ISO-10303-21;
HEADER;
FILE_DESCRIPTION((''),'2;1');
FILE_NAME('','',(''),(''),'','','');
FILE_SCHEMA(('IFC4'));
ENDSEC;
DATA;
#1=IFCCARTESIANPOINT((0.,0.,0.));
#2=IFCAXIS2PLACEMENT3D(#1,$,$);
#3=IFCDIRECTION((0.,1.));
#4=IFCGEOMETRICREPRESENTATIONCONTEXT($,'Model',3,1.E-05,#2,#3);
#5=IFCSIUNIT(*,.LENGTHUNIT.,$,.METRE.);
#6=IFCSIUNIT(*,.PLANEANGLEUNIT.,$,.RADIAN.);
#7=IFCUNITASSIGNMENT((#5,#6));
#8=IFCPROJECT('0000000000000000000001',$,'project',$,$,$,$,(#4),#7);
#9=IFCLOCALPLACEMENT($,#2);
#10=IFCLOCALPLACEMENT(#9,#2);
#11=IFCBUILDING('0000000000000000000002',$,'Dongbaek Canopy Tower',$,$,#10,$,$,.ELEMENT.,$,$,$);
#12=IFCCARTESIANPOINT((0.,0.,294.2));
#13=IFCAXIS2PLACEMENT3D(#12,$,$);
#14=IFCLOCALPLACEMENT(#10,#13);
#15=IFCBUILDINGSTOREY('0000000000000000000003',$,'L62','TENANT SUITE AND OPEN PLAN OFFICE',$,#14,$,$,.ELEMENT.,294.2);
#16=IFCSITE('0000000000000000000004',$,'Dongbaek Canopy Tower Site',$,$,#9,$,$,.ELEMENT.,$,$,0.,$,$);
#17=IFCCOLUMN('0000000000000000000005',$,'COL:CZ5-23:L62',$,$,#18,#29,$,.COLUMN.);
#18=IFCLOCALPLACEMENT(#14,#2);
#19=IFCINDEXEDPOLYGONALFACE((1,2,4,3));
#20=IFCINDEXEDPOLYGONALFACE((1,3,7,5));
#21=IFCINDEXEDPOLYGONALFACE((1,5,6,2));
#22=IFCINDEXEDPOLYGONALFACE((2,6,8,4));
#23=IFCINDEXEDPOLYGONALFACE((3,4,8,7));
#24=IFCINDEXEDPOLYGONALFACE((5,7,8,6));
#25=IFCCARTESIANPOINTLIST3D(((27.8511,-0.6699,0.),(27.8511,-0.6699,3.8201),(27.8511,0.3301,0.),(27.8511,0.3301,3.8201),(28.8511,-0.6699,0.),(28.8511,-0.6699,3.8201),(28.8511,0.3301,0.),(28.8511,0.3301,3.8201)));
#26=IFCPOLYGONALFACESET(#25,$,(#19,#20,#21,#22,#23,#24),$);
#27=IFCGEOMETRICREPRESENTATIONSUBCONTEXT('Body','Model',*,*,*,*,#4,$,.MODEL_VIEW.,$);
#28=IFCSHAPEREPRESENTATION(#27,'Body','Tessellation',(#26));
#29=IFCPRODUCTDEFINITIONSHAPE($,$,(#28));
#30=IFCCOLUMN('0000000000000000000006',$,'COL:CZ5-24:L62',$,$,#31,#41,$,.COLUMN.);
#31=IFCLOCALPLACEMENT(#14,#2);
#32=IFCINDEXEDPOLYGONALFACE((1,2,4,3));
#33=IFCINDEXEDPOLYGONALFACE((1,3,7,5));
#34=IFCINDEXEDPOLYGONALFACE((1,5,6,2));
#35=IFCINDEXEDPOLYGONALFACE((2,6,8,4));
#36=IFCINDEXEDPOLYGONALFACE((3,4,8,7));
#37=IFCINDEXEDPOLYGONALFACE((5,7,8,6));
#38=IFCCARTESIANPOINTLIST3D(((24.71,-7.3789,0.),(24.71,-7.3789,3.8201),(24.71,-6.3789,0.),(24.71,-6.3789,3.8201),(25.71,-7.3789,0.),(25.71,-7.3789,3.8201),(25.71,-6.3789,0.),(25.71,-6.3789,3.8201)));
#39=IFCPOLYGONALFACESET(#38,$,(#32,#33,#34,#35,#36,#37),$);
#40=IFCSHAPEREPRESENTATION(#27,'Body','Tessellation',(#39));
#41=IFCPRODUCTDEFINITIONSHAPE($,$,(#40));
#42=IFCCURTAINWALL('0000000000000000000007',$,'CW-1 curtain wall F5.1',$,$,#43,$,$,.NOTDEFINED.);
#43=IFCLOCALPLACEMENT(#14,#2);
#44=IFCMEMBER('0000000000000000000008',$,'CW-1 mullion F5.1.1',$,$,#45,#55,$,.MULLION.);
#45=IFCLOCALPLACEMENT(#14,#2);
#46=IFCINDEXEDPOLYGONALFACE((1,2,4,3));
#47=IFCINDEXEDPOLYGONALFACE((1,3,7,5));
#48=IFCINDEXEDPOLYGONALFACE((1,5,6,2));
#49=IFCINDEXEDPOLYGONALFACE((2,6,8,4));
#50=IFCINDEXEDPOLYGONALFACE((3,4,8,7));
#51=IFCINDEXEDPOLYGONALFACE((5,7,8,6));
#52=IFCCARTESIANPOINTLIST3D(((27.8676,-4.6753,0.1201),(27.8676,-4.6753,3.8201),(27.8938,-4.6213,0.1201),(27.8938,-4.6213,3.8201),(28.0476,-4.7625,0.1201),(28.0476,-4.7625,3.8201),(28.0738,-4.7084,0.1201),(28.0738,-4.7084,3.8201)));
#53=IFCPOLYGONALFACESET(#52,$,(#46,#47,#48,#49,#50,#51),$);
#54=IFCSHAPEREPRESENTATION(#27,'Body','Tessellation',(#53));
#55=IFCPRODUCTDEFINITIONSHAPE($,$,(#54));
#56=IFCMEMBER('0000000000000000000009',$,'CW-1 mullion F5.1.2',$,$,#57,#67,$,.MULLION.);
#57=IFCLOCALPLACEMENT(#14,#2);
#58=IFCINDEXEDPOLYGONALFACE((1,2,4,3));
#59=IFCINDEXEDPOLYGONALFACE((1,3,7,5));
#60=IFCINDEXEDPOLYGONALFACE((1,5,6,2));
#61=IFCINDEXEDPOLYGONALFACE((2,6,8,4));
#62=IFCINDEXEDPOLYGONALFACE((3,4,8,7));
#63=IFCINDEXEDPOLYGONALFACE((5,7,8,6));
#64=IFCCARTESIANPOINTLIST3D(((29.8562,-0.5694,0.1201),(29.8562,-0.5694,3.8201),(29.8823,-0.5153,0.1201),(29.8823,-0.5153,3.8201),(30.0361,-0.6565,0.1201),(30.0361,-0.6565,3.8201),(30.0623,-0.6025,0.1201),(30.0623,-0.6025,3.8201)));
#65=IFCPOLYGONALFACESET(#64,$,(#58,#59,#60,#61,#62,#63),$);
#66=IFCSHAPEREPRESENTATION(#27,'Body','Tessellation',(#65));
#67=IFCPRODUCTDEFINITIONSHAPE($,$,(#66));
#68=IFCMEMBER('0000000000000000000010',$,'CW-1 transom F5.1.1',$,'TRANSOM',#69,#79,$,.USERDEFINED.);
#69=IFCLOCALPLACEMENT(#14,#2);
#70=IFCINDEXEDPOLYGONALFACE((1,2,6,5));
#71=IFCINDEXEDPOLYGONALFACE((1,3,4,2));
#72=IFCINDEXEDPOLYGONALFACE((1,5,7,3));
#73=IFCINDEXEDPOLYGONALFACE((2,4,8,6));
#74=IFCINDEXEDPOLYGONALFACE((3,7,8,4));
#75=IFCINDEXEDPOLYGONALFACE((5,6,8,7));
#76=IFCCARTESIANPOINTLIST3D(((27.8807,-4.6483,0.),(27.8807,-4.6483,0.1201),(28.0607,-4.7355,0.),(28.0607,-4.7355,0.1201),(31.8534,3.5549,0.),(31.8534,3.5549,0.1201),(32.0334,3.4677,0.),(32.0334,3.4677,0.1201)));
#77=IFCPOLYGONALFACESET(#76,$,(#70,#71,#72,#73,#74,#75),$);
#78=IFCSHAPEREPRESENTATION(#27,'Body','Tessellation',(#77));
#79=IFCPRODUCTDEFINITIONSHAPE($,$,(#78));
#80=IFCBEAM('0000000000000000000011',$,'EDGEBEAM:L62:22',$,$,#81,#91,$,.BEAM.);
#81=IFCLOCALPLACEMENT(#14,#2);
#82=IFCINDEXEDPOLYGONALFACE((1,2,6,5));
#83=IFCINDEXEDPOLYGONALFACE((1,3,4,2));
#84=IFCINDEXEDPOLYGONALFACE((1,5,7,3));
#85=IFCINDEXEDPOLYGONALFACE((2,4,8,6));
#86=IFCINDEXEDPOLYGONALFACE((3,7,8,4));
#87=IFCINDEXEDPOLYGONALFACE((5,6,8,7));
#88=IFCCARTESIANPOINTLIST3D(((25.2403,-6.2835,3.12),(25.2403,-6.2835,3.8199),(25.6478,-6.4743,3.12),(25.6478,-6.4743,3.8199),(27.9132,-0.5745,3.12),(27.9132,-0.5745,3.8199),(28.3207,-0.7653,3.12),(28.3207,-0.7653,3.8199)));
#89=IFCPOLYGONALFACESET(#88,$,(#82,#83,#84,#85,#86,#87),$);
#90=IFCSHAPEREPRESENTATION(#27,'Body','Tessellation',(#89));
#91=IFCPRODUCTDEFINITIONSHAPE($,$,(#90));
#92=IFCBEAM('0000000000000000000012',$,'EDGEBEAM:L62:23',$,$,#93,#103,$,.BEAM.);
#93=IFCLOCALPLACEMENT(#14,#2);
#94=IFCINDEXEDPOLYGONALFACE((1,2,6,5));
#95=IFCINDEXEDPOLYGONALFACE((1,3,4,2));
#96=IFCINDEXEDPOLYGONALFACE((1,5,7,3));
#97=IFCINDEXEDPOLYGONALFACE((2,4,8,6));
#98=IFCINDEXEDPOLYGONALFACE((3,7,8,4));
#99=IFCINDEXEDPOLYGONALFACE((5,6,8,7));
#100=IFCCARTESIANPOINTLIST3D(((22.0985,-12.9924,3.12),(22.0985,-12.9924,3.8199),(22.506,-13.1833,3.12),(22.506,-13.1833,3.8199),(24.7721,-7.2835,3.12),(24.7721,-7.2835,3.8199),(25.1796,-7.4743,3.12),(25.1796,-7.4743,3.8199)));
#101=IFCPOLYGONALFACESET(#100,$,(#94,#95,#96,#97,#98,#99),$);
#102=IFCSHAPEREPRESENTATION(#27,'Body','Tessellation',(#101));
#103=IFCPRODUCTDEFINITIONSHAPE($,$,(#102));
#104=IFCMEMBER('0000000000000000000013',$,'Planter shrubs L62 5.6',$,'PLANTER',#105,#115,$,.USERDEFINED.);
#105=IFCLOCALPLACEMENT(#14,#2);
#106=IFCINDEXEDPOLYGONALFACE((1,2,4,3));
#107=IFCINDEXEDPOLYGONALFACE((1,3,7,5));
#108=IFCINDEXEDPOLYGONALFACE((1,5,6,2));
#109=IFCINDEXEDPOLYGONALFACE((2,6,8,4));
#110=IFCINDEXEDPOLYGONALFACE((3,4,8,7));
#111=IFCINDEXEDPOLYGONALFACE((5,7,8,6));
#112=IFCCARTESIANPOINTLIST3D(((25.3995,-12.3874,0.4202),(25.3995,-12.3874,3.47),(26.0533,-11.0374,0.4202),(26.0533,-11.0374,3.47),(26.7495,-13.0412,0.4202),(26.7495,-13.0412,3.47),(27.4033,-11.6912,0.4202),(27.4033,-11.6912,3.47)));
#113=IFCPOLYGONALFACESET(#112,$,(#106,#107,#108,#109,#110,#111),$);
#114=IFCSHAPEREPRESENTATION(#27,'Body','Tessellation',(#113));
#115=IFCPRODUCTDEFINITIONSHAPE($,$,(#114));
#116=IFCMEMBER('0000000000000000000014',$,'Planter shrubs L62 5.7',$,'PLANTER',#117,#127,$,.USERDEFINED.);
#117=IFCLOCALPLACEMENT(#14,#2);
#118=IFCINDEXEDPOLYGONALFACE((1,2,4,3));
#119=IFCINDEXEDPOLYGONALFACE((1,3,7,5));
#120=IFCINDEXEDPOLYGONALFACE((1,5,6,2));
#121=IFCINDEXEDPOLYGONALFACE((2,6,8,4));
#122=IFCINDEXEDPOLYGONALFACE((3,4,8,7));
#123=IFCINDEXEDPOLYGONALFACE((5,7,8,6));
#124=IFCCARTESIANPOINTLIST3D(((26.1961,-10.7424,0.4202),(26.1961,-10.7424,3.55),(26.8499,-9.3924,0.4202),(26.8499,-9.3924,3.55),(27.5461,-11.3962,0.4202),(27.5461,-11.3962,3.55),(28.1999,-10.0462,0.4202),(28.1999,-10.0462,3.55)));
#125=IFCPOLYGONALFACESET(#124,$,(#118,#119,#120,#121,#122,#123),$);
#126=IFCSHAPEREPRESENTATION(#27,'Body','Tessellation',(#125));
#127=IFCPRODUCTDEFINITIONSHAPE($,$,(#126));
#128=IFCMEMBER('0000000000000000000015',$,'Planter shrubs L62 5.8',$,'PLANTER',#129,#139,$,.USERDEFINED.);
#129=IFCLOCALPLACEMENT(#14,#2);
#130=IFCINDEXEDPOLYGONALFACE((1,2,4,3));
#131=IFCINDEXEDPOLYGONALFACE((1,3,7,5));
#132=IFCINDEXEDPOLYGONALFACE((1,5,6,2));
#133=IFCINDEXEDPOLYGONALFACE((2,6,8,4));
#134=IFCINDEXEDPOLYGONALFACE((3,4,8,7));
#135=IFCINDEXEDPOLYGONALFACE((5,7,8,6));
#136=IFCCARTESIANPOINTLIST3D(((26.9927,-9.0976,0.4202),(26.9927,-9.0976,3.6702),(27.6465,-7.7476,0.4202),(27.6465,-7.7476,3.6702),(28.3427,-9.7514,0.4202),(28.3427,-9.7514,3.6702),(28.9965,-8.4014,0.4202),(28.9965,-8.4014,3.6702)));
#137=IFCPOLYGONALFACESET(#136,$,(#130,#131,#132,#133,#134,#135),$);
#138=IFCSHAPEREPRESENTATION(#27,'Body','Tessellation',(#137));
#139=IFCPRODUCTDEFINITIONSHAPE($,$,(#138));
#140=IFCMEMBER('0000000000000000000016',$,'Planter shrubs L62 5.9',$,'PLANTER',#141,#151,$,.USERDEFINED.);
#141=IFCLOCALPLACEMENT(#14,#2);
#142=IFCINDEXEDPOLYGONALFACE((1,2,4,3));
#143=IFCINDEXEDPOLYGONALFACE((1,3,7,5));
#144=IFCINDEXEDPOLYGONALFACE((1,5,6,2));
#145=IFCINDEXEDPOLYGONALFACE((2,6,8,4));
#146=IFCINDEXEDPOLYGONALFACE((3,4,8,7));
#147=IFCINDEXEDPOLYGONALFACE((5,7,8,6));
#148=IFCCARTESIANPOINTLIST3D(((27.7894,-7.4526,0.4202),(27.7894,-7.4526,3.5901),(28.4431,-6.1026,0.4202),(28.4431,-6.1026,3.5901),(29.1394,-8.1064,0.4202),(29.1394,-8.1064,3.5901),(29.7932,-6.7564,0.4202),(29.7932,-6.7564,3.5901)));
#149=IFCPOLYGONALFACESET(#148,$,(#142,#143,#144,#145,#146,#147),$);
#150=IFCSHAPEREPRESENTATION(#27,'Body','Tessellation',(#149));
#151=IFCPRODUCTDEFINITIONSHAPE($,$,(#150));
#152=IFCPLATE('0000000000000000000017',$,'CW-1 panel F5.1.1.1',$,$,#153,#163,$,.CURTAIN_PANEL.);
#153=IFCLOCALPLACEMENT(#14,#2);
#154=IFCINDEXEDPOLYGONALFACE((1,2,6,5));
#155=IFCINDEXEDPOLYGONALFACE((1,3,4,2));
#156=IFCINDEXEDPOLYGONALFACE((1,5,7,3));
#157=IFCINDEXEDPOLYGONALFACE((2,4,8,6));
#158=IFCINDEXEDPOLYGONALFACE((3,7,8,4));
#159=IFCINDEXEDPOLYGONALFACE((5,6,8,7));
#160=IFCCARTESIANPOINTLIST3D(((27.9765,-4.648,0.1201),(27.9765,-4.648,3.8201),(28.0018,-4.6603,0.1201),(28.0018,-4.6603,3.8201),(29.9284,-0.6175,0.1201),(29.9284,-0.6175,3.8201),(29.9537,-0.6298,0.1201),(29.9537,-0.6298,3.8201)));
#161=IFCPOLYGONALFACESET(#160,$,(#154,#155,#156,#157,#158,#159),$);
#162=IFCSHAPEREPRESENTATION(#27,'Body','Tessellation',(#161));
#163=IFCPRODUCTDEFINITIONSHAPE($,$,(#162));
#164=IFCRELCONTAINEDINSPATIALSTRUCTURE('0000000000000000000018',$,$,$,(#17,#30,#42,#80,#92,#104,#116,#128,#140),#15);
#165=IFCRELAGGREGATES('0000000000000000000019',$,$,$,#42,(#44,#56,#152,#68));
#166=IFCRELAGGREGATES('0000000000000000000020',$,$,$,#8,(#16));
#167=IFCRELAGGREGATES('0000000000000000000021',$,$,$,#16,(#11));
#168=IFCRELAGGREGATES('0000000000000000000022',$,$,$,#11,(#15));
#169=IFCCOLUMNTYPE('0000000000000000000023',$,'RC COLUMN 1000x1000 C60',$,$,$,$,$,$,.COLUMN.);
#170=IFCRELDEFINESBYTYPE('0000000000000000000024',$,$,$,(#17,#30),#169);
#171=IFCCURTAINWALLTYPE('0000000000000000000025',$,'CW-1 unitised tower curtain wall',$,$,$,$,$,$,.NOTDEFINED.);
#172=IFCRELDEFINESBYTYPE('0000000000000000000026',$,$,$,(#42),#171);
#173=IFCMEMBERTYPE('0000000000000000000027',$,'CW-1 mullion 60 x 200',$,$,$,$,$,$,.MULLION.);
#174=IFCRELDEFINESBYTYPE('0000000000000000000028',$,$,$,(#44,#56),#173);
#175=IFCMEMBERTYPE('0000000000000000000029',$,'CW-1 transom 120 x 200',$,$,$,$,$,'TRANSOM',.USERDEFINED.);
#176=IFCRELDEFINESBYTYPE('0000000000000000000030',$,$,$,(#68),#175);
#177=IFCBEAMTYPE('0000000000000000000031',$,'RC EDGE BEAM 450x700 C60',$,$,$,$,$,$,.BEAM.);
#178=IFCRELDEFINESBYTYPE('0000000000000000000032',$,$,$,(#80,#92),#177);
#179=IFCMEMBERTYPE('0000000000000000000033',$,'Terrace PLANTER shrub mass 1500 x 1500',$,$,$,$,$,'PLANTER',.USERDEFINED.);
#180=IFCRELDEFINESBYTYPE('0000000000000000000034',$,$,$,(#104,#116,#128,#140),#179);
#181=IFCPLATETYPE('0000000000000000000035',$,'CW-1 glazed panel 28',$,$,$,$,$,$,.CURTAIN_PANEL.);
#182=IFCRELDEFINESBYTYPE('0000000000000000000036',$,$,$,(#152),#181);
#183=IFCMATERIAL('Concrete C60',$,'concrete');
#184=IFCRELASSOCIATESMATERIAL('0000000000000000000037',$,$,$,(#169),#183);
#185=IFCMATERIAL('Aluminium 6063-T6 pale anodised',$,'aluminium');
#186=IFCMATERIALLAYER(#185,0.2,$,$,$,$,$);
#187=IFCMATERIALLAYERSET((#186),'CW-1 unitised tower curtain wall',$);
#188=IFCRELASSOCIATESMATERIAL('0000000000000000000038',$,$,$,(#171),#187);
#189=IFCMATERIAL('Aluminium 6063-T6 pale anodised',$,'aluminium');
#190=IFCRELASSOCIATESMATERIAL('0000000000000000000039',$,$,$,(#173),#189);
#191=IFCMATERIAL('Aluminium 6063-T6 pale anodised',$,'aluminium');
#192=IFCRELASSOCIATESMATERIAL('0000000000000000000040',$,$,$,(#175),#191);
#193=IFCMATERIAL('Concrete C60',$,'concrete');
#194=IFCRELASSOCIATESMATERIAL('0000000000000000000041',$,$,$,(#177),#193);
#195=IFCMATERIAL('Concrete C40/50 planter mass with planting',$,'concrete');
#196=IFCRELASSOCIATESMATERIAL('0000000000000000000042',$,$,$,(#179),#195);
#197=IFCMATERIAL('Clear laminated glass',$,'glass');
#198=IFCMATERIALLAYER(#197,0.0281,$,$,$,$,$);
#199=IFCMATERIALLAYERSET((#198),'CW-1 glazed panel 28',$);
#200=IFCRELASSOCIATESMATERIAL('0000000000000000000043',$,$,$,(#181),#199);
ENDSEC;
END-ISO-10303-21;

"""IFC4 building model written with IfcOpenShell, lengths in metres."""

from ifc_helpers import new_model, si_unit, direction, frame, origin, origin_2d, place, context, subcontext, project, spatial, rectangle, extrude, material, layer, layer_set, material_profile, profile_set, type_object, element, aggregate, save


model = new_model("IFC4")

# Units and contexts
model_context = context("Model", 3, precision=1e-05, world=origin(), true_north=direction((0.0, 1.0)))
body_context = subcontext(model_context, "Body", "Model", "MODEL_VIEW")
ifc_project = project(units=[si_unit("LENGTHUNIT", "METRE"), si_unit("PLANEANGLEUNIT", "RADIAN")], contexts=[model_context])

# Site, building, storey
site_placement = place(None, origin())
site = spatial("IfcSite", under=ifc_project, at=site_placement, Name="Dongbaek Canopy Tower Site", CompositionType="ELEMENT", RefElevation=0.0)
building_placement = place(site_placement, origin())
building = spatial("IfcBuilding", under=site, at=building_placement, Name="Dongbaek Canopy Tower", CompositionType="ELEMENT")
storey_placement = place(building_placement, frame((0.0, 0.0, 294.2)))
storey = spatial("IfcBuildingStorey", under=building, at=storey_placement, Name="L62", Description="TENANT SUITE AND OPEN PLAN OFFICE", CompositionType="ELEMENT", Elevation=294.2)

# Columns
ifc_material_1 = material(Name="Concrete C60", Category="concrete")
ifc_material_profile_1 = material_profile(ifc_material_1, rectangle(XDim=1.0, YDim=1.0, at=origin_2d()), Name="RC COLUMN 1000x1000 C60")
ifc_profile_set_1 = profile_set([ifc_material_profile_1], Name="Concrete C60")
column_type = type_object("IfcColumnType", Name="RC COLUMN 1000x1000 C60", PredefinedType="COLUMN", material=ifc_profile_set_1)
for number, where, z_axis, x_axis, name in (
    (1, (28.3511, -0.1699, 0.0), (0.0, 0.0, 1.0), (1.0, 0.0, 0.0), "COL:CZ5-23:L62"),
    (2, (25.21, -6.8789, 0.0), (0.0, 0.0, 1.0), (1.0, 0.0, 0.0), "COL:CZ5-24:L62"),
):
    element("IfcColumn", number, at=place(storey_placement, frame(where, z_axis=z_axis, x_axis=x_axis)), inside=storey, type_object=column_type, Name=name, PredefinedType="COLUMN", context=body_context, shape_type="SweptSolid", body=[
        extrude(rectangle(XDim=1.0, YDim=1.0, at=origin_2d()), origin(), (0.0, 0.0, 1.0), 3.8201),
    ])

# Curtain wall, members
ifc_material_2 = material(Name="Aluminium 6063-T6 pale anodised", Category="aluminium")
ifc_layer_1 = layer(ifc_material_2, 0.2)
ifc_layer_set_1 = layer_set([ifc_layer_1], Name="CW-1 unitised tower curtain wall")
curtain_wall_type = type_object("IfcCurtainWallType", Name="CW-1 unitised tower curtain wall", PredefinedType="NOTDEFINED", material=ifc_layer_set_1)
curtain_wall_placement = place(storey_placement, origin())
curtain_wall = element("IfcCurtainWall", 3, at=curtain_wall_placement, inside=storey, type_object=curtain_wall_type, Name="CW-1 curtain wall F5.1", PredefinedType="NOTDEFINED")
ifc_material_3 = material(Name="Aluminium 6063-T6 pale anodised", Category="aluminium")
ifc_material_profile_2 = material_profile(ifc_material_3, rectangle(XDim=0.2, YDim=0.0601, at=origin_2d()), Name="CW-1 mullion 60 x 200")
ifc_profile_set_2 = profile_set([ifc_material_profile_2], Name="Aluminium 6063-T6 pale anodised")
member_type_1 = type_object("IfcMemberType", Name="CW-1 mullion 60 x 200", PredefinedType="MULLION", material=ifc_profile_set_2)
member_1_placement = place(storey_placement, frame((27.9707, -4.6919, 0.1201), z_axis=(0.0, 0.0, 1.0), x_axis=(0.900013, -0.435863, 0.0)))
member_1 = element("IfcMember", 4, at=member_1_placement, type_object=member_type_1, Name="CW-1 mullion F5.1.1", PredefinedType="MULLION", context=body_context, shape_type="SweptSolid", body=[
    extrude(rectangle(XDim=0.2, YDim=0.0601, at=origin_2d()), origin(), (0.0, 0.0, 1.0), 3.7),
])
member_2_placement = place(storey_placement, frame((29.9592, -0.5859, 0.1201), z_axis=(0.0, 0.0, 1.0), x_axis=(0.900013, -0.435863, 0.0)))
member_2 = element("IfcMember", 5, at=member_2_placement, type_object=member_type_1, Name="CW-1 mullion F5.1.2", PredefinedType="MULLION", context=body_context, shape_type="SweptSolid", body=[
    extrude(rectangle(XDim=0.2, YDim=0.0601, at=origin_2d()), origin(), (0.0, 0.0, 1.0), 3.7),
])
ifc_material_4 = material(Name="Aluminium 6063-T6 pale anodised", Category="aluminium")
ifc_material_profile_3 = material_profile(ifc_material_4, rectangle(XDim=0.2, YDim=0.1201, at=origin_2d()), Name="CW-1 transom 120 x 200")
ifc_profile_set_3 = profile_set([ifc_material_profile_3], Name="Aluminium 6063-T6 pale anodised")
member_type_2 = type_object("IfcMemberType", Name="CW-1 transom 120 x 200", ElementType="TRANSOM", PredefinedType="USERDEFINED", material=ifc_profile_set_3)
member_3_placement = place(storey_placement, frame((27.9707, -4.6919, 0.0601), z_axis=(0.435863, 0.900013, 0.0), x_axis=(-0.900013, 0.435863, 0.0)))
member_3 = element("IfcMember", 6, at=member_3_placement, type_object=member_type_2, Name="CW-1 transom F5.1.1", ObjectType="TRANSOM", PredefinedType="USERDEFINED", context=body_context, shape_type="SweptSolid", body=[
    extrude(rectangle(XDim=0.2, YDim=0.1201, at=origin_2d()), origin(), (0.0, 0.0, 1.0), 9.1145),
])

# Beams
ifc_material_5 = material(Name="Concrete C60", Category="concrete")
ifc_material_profile_4 = material_profile(ifc_material_5, rectangle(XDim=0.45, YDim=0.7, at=origin_2d()), Name="RC EDGE BEAM 450x700 C60")
ifc_profile_set_4 = profile_set([ifc_material_profile_4], Name="Concrete C60")
beam_type = type_object("IfcBeamType", Name="RC EDGE BEAM 450x700 C60", PredefinedType="BEAM", material=ifc_profile_set_4)
beam_1_placement = place(storey_placement, frame((28.1169, -0.6699, 3.47), z_axis=(-0.424013, -0.905656, 0.0), x_axis=(0.905656, -0.424013, 0.0)))
element("IfcBeam", 7, at=beam_1_placement, inside=storey, type_object=beam_type, Name="EDGEBEAM:L62:22", PredefinedType="BEAM", context=body_context, shape_type="SweptSolid", body=[
    extrude(rectangle(XDim=0.45, YDim=0.7, at=origin_2d()), origin(), (0.0, 0.0, 1.0), 6.3037),
])
beam_2_placement = place(storey_placement, frame((24.9758, -7.3789, 3.47), z_axis=(-0.424108, -0.905611, 0.0), x_axis=(0.905611, -0.424108, 0.0)))
element("IfcBeam", 8, at=beam_2_placement, inside=storey, type_object=beam_type, Name="EDGEBEAM:L62:23", PredefinedType="BEAM", context=body_context, shape_type="SweptSolid", body=[
    extrude(rectangle(XDim=0.45, YDim=0.7, at=origin_2d()), origin(), (0.0, 0.0, 1.0), 6.304),
])

# Members
ifc_material_6 = material(Name="Concrete C40/50 planter mass with planting", Category="concrete")
ifc_material_profile_5 = material_profile(ifc_material_6, rectangle(XDim=1.5, YDim=1.5, at=origin_2d()), Name="Terrace PLANTER shrub mass 1500 x 1500")
ifc_profile_set_5 = profile_set([ifc_material_profile_5], Name="Concrete C40/50 planter mass with planting")
member_type_3 = type_object("IfcMemberType", Name="Terrace PLANTER shrub mass 1500 x 1500", ElementType="PLANTER", PredefinedType="USERDEFINED", material=ifc_profile_set_5)
member_4_placement = place(storey_placement, frame((26.4014, -12.0393, 0.4202), z_axis=(0.0, 0.0, 1.0), x_axis=(0.900013, -0.435863, 0.0)))
element("IfcMember", 9, at=member_4_placement, inside=storey, type_object=member_type_3, Name="Planter shrubs L62 5.6", ObjectType="PLANTER", PredefinedType="USERDEFINED", context=body_context, shape_type="SweptSolid", body=[
    extrude(rectangle(XDim=1.5, YDim=1.5, at=origin_2d()), origin(), (0.0, 0.0, 1.0), 3.0498),
])
member_5_placement = place(storey_placement, frame((27.198, -10.3943, 0.4202), z_axis=(0.0, 0.0, 1.0), x_axis=(0.900013, -0.435863, 0.0)))
element("IfcMember", 10, at=member_5_placement, inside=storey, type_object=member_type_3, Name="Planter shrubs L62 5.7", ObjectType="PLANTER", PredefinedType="USERDEFINED", context=body_context, shape_type="SweptSolid", body=[
    extrude(rectangle(XDim=1.5, YDim=1.5, at=origin_2d()), origin(), (0.0, 0.0, 1.0), 3.1299),
])
member_6_placement = place(storey_placement, frame((27.9946, -8.7495, 0.4202), z_axis=(0.0, 0.0, 1.0), x_axis=(0.900013, -0.435863, 0.0)))
element("IfcMember", 11, at=member_6_placement, inside=storey, type_object=member_type_3, Name="Planter shrubs L62 5.8", ObjectType="PLANTER", PredefinedType="USERDEFINED", context=body_context, shape_type="SweptSolid", body=[
    extrude(rectangle(XDim=1.5, YDim=1.5, at=origin_2d()), origin(), (0.0, 0.0, 1.0), 3.25),
])
member_7_placement = place(storey_placement, frame((28.7913, -7.1045, 0.4202), z_axis=(0.0, 0.0, 1.0), x_axis=(0.900013, -0.435863, 0.0)))
element("IfcMember", 12, at=member_7_placement, inside=storey, type_object=member_type_3, Name="Planter shrubs L62 5.9", ObjectType="PLANTER", PredefinedType="USERDEFINED", context=body_context, shape_type="SweptSolid", body=[
    extrude(rectangle(XDim=1.5, YDim=1.5, at=origin_2d()), origin(), (0.0, 0.0, 1.0), 3.1699),
])

# Plate
ifc_material_7 = material(Name="Clear laminated glass", Category="glass")
ifc_layer_2 = layer(ifc_material_7, 0.0281)
ifc_layer_set_2 = layer_set([ifc_layer_2], Name="CW-1 glazed panel 28")
plate_type = type_object("IfcPlateType", Name="CW-1 glazed panel 28", PredefinedType="CURTAIN_PANEL", material=ifc_layer_set_2)
plate_placement = place(storey_placement, frame((28.9651, -2.6389, 0.1201), z_axis=(0.0, 0.0, 1.0), x_axis=(0.435863, 0.900013, 0.0)))
plate = element("IfcPlate", 13, at=plate_placement, type_object=plate_type, Name="CW-1 panel F5.1.1.1", PredefinedType="CURTAIN_PANEL", context=body_context, shape_type="SweptSolid", body=[
    extrude(rectangle(XDim=4.4783, YDim=0.0281, at=origin_2d()), origin(), (0.0, 0.0, 1.0), 3.7),
])

aggregate(curtain_wall, [member_1, member_2, plate, member_3])

save(model, "model.ifc")
